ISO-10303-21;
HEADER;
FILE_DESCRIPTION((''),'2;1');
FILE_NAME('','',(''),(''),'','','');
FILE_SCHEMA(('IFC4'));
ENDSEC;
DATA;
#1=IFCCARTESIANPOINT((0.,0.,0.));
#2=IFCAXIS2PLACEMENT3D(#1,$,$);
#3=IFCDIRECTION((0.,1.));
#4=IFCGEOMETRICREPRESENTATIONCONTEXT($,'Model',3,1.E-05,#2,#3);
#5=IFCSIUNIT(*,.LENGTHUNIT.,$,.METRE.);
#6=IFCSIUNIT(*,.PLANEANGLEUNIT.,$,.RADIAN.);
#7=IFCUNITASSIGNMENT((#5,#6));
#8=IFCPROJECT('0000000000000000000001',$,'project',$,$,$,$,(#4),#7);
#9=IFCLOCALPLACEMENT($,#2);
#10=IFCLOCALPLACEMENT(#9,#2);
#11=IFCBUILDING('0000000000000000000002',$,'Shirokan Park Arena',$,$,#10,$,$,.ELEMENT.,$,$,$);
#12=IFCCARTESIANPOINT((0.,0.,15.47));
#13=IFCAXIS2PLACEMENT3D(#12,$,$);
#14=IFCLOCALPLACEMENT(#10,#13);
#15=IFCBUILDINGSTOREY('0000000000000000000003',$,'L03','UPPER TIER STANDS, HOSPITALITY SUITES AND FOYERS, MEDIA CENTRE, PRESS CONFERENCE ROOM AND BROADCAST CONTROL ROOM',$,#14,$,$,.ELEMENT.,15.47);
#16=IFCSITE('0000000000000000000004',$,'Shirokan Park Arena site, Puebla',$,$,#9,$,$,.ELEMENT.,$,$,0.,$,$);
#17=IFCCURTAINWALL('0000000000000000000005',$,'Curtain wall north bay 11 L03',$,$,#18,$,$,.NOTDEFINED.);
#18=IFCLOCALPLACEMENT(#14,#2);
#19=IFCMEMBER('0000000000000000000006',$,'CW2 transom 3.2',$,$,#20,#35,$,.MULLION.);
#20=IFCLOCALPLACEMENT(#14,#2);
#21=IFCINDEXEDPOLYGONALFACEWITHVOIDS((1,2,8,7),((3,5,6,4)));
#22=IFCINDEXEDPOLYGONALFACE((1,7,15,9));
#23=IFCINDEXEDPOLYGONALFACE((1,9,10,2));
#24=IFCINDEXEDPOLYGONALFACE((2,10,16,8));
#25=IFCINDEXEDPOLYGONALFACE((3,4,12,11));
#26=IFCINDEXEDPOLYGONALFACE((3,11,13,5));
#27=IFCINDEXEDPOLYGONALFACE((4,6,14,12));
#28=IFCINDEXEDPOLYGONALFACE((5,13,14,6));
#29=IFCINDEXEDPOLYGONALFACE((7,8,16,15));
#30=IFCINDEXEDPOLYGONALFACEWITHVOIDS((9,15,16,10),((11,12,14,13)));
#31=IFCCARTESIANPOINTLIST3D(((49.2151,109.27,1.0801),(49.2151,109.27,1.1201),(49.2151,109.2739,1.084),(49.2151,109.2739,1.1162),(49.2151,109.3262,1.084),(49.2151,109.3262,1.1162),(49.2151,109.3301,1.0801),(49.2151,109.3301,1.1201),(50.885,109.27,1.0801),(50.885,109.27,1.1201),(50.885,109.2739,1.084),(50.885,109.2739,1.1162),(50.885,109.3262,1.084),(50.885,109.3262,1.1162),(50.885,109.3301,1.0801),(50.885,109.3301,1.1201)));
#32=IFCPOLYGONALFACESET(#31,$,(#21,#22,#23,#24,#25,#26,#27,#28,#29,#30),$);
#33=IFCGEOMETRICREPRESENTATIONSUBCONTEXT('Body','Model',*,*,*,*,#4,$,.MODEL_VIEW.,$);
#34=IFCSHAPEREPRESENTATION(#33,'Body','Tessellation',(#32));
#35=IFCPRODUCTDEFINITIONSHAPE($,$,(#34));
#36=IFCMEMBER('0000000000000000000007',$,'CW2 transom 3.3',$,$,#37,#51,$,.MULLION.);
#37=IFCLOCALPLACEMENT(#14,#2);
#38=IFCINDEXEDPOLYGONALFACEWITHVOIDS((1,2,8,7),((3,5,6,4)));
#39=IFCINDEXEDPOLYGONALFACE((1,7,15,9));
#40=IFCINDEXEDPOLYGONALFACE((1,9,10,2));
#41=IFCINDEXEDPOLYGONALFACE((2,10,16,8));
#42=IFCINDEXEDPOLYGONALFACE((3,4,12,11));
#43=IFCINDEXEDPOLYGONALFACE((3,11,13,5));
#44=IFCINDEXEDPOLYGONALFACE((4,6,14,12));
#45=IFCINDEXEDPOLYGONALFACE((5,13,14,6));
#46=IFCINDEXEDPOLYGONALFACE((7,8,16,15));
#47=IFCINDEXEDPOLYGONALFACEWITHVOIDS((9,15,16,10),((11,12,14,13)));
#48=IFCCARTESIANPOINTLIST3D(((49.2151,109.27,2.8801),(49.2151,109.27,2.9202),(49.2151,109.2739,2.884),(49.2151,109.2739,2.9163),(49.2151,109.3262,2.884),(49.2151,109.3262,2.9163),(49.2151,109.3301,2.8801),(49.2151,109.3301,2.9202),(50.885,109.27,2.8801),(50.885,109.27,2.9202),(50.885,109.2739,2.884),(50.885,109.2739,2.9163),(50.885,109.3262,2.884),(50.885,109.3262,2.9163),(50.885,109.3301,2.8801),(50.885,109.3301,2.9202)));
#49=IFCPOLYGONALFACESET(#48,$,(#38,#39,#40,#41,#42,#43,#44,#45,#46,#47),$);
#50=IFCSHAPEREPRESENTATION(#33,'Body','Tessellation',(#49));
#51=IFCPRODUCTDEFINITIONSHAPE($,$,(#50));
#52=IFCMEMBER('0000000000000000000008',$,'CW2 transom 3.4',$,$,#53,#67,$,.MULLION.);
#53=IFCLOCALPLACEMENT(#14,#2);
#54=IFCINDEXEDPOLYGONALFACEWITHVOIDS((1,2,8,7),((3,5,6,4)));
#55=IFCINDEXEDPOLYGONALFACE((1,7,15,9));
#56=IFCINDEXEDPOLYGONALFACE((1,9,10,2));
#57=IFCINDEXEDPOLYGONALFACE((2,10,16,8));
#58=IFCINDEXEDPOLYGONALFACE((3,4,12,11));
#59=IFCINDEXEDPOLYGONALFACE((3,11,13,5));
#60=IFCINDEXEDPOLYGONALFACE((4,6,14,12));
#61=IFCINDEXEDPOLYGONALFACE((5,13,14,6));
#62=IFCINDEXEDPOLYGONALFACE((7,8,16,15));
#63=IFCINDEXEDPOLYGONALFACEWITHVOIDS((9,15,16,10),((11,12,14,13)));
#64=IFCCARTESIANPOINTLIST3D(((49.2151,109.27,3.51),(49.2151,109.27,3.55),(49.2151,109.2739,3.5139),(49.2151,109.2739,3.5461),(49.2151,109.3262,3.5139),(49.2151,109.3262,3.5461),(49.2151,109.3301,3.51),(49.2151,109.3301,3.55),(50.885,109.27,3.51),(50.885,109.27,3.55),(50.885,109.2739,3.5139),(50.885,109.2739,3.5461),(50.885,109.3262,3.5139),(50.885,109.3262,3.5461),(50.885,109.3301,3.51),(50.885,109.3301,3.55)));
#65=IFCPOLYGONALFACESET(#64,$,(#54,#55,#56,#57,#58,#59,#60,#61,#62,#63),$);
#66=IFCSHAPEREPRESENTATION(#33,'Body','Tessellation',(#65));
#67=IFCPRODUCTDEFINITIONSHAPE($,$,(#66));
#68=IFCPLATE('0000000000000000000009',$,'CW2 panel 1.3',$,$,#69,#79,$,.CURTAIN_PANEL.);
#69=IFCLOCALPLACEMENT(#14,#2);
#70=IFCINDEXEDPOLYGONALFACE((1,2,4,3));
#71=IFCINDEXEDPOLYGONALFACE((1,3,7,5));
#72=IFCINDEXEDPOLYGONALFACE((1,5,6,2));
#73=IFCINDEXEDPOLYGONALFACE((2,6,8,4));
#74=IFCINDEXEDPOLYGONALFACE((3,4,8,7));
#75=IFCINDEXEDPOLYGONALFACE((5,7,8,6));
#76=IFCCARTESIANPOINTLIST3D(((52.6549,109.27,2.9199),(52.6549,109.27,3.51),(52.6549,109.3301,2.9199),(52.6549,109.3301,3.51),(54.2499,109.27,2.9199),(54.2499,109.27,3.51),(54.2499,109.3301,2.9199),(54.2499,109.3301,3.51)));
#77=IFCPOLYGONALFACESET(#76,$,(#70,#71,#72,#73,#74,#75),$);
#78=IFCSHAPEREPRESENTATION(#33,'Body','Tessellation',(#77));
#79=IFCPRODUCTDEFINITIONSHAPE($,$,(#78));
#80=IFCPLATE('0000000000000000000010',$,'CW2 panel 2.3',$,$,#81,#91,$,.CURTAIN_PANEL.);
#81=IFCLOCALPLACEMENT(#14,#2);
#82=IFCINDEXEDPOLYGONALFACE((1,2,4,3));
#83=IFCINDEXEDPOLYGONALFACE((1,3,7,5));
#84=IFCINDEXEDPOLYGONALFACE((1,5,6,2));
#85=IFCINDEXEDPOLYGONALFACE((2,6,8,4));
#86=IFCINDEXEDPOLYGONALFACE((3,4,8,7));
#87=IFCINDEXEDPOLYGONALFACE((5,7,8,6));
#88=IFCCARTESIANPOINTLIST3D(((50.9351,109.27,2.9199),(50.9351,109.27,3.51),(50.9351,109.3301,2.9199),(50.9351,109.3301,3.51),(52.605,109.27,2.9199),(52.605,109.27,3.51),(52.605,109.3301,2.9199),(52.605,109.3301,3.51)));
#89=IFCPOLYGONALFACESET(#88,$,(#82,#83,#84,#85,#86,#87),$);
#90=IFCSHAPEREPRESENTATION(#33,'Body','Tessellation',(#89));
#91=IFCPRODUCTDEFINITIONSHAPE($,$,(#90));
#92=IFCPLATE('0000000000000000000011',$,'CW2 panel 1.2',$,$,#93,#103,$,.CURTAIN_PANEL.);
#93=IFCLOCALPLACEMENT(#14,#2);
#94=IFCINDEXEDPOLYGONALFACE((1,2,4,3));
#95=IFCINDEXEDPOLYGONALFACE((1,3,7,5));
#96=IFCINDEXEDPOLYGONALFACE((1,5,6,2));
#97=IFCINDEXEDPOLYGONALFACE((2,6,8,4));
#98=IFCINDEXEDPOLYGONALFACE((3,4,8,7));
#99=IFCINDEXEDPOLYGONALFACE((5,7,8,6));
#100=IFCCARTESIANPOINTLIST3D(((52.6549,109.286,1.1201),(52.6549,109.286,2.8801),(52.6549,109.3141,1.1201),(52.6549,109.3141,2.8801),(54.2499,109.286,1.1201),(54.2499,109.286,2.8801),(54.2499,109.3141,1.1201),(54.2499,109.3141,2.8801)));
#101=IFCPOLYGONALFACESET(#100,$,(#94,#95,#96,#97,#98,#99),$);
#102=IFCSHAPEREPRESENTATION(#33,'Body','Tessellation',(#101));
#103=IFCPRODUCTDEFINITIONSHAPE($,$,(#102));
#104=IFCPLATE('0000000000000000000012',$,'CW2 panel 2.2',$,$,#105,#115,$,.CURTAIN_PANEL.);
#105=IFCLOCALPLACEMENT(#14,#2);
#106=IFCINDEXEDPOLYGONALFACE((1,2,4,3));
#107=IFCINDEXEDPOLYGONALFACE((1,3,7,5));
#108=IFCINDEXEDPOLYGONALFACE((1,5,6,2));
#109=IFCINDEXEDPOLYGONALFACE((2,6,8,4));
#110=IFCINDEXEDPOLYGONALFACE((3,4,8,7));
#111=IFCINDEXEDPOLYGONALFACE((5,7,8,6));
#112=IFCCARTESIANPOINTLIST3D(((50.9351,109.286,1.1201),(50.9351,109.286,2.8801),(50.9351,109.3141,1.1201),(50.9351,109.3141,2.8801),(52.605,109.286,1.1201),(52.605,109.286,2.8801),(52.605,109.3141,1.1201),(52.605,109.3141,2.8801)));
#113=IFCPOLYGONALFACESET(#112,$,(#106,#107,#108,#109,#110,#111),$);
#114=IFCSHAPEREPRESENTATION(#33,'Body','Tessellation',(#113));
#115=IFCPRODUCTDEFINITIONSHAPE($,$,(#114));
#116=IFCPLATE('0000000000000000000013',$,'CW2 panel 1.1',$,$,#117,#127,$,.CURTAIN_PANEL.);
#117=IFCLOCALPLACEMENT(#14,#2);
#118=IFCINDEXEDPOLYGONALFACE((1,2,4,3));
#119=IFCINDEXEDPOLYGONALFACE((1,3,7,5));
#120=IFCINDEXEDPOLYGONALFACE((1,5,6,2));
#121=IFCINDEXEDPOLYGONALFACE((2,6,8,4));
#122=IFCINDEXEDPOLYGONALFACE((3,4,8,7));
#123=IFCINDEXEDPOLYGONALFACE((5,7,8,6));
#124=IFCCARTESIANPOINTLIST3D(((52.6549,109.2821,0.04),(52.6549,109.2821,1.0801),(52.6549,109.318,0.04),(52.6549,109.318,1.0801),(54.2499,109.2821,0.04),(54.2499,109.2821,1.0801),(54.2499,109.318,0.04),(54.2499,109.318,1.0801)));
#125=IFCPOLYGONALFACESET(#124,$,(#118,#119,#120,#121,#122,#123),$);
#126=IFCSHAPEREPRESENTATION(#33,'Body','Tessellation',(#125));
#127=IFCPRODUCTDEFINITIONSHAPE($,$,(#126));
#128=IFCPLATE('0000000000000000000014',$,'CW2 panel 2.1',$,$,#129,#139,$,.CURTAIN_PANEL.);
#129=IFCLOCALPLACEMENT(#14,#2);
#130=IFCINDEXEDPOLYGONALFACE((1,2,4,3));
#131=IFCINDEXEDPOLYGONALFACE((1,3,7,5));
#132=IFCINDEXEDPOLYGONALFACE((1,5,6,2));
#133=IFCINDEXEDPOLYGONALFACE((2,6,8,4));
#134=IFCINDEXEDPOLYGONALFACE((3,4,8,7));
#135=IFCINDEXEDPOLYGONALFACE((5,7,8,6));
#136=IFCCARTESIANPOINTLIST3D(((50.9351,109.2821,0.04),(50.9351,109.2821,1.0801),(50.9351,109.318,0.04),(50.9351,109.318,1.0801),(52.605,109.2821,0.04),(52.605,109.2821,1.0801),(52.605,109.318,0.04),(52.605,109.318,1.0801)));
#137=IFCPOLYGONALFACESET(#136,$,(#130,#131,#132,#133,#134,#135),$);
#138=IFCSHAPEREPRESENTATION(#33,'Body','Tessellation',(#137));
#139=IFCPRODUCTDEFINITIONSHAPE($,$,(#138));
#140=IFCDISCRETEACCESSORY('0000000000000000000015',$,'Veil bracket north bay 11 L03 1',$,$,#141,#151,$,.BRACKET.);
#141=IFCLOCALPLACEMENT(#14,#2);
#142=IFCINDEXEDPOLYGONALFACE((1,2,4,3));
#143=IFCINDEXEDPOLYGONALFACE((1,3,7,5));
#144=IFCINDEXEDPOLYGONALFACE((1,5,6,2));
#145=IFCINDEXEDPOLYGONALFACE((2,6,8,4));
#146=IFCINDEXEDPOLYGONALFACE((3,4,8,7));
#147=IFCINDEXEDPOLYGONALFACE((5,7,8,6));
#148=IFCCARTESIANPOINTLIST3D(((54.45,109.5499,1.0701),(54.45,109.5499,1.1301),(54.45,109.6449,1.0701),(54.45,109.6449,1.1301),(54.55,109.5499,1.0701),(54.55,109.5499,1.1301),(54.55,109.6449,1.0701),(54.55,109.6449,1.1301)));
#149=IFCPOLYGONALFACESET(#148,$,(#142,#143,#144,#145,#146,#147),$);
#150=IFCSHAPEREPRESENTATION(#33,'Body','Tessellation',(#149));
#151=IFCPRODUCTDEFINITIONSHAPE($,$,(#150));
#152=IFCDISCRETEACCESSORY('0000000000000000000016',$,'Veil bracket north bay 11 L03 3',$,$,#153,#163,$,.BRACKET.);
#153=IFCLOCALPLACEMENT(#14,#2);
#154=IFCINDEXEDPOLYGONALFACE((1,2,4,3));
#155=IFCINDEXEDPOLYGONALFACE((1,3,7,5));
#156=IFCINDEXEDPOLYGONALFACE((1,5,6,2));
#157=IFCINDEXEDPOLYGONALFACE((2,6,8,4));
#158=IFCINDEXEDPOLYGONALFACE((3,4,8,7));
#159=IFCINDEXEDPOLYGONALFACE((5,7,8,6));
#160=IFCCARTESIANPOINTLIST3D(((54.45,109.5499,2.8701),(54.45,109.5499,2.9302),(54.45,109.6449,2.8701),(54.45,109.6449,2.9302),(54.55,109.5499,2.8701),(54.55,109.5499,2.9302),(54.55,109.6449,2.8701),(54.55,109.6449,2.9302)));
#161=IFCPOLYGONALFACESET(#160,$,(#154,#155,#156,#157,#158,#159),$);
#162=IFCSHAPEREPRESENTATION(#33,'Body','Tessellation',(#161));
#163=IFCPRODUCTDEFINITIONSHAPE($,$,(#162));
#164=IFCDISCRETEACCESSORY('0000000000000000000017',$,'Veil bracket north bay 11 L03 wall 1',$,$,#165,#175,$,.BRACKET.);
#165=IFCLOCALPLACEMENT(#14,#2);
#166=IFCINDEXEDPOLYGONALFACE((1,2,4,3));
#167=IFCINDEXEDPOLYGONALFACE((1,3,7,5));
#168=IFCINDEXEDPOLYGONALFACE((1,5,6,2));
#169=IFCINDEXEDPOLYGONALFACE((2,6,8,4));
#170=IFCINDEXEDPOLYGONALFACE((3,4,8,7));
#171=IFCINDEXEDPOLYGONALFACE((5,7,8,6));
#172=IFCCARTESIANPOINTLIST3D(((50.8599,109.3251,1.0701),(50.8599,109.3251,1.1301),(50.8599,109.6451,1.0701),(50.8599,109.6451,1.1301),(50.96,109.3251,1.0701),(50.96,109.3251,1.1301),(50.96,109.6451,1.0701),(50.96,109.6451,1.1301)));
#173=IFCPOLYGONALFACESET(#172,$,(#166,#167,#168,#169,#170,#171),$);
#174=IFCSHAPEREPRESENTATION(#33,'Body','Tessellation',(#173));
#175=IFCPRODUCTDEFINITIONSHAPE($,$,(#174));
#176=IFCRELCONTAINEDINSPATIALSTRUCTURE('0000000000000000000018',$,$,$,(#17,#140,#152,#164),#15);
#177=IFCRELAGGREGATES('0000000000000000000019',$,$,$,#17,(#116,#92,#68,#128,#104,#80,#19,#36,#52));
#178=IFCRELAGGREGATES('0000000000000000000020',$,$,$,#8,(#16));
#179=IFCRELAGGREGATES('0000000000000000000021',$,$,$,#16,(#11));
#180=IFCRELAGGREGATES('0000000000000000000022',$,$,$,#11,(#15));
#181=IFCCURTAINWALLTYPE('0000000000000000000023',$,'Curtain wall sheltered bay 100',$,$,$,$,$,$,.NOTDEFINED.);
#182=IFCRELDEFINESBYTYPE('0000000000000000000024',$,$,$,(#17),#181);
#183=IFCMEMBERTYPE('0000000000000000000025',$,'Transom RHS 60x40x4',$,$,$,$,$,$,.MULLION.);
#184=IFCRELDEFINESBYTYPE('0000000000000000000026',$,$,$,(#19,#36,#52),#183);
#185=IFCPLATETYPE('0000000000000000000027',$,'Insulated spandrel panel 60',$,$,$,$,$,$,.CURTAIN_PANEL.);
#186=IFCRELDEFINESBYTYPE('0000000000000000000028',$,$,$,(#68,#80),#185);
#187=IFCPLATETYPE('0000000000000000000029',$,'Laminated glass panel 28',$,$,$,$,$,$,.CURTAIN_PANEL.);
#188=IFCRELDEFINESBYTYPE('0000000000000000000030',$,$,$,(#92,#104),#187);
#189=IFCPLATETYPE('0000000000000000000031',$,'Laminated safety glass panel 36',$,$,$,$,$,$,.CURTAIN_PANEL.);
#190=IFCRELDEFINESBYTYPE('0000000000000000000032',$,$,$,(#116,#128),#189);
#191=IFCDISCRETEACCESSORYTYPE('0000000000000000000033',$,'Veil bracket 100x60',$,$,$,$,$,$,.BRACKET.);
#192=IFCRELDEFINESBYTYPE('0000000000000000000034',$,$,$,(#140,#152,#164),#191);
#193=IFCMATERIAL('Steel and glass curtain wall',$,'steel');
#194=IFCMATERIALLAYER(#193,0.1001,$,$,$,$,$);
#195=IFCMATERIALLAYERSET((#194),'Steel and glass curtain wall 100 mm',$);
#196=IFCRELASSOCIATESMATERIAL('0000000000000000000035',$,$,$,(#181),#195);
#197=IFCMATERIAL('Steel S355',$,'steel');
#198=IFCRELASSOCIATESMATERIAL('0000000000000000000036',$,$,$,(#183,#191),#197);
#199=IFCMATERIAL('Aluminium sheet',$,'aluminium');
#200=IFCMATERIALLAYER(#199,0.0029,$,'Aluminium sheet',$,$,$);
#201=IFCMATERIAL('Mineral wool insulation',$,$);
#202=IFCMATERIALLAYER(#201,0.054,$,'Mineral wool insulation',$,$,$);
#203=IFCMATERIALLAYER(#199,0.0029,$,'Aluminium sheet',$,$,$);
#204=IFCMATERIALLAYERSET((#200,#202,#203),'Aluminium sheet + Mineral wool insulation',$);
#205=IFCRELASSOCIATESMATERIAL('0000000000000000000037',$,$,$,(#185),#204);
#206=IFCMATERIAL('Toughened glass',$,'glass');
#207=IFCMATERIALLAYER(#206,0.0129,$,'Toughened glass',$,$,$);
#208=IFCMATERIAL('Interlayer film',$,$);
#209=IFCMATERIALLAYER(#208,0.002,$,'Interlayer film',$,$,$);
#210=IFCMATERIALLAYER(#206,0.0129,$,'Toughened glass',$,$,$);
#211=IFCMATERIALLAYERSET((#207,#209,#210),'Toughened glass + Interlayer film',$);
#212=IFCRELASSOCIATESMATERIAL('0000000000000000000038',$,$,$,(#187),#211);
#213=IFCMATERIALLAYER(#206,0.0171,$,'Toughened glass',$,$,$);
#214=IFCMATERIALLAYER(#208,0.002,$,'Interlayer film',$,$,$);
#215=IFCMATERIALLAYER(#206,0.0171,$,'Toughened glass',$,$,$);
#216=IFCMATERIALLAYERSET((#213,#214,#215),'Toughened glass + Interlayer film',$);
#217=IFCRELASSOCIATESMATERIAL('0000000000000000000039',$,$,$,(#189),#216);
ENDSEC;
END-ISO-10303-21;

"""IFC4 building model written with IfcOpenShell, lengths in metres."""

from ifc_helpers import new_model, si_unit, direction, frame, origin, origin_2d, place, context, subcontext, project, spatial, rectangle, hollow_rectangle, extrude, material, layer, layer_set, material_profile, profile_set, type_object, element, aggregate, save


model = new_model("IFC4")

# Units and contexts
model_context = context("Model", 3, precision=1e-05, world=origin(), true_north=direction((0.0, 1.0)))
body_context = subcontext(model_context, "Body", "Model", "MODEL_VIEW")
ifc_project = project(units=[si_unit("LENGTHUNIT", "METRE"), si_unit("PLANEANGLEUNIT", "RADIAN")], contexts=[model_context])

# Site, building, storey
site_placement = place(None, origin())
site = spatial("IfcSite", under=ifc_project, at=site_placement, Name="Shirokan Park Arena site, Puebla", CompositionType="ELEMENT", RefElevation=0.0)
building_placement = place(site_placement, origin())
building = spatial("IfcBuilding", under=site, at=building_placement, Name="Shirokan Park Arena", CompositionType="ELEMENT")
storey_placement = place(building_placement, frame((0.0, 0.0, 15.47)))
storey = spatial("IfcBuildingStorey", under=building, at=storey_placement, Name="L03", Description="UPPER TIER STANDS, HOSPITALITY SUITES AND FOYERS, MEDIA CENTRE, PRESS CONFERENCE ROOM AND BROADCAST CONTROL ROOM", CompositionType="ELEMENT", Elevation=15.47)

# Curtain wall, members, plates
ifc_material_1 = material(Name="Steel and glass curtain wall", Category="steel")
ifc_layer_1 = layer(ifc_material_1, 0.1001)
ifc_layer_set_1 = layer_set([ifc_layer_1], Name="Steel and glass curtain wall 100 mm")
curtain_wall_type = type_object("IfcCurtainWallType", Name="Curtain wall sheltered bay 100", PredefinedType="NOTDEFINED", material=ifc_layer_set_1)
curtain_wall_placement = place(storey_placement, origin())
curtain_wall = element("IfcCurtainWall", 1, at=curtain_wall_placement, inside=storey, type_object=curtain_wall_type, Name="Curtain wall north bay 11 L03", PredefinedType="NOTDEFINED")
ifc_material_2 = material(Name="Steel S355", Category="steel")
ifc_material_profile_1 = material_profile(ifc_material_2, hollow_rectangle(XDim=0.0601, YDim=0.04, WallThickness=0.0039, at=origin_2d()), Name="RHS 60x40x4")
ifc_profile_set_1 = profile_set([ifc_material_profile_1], Name="Steel S355")
member_type_1 = type_object("IfcMemberType", Name="Transom RHS 60x40x4", PredefinedType="MULLION", material=ifc_profile_set_1)
member_1_placement = place(storey_placement, frame((50.885, 109.3, 1.1001), z_axis=(-1.0, 0.0, 0.0), x_axis=(0.0, -1.0, 0.0)))
member_1 = element("IfcMember", 2, at=member_1_placement, type_object=member_type_1, Name="CW2 transom 3.2", PredefinedType="MULLION", context=body_context, shape_type="SweptSolid", body=[
    extrude(hollow_rectangle(XDim=0.0601, YDim=0.04, WallThickness=0.0039, at=origin_2d()), origin(), (0.0, 0.0, 1.0), 1.6699),
])
member_2_placement = place(storey_placement, frame((50.885, 109.3, 2.9001), z_axis=(-1.0, 0.0, 0.0), x_axis=(0.0, -1.0, 0.0)))
member_2 = element("IfcMember", 3, at=member_2_placement, type_object=member_type_1, Name="CW2 transom 3.3", PredefinedType="MULLION", context=body_context, shape_type="SweptSolid", body=[
    extrude(hollow_rectangle(XDim=0.0601, YDim=0.04, WallThickness=0.0039, at=origin_2d()), origin(), (0.0, 0.0, 1.0), 1.6699),
])
member_3_placement = place(storey_placement, frame((50.885, 109.3, 3.53), z_axis=(-1.0, 0.0, 0.0), x_axis=(0.0, -1.0, 0.0)))
member_3 = element("IfcMember", 4, at=member_3_placement, type_object=member_type_1, Name="CW2 transom 3.4", PredefinedType="MULLION", context=body_context, shape_type="SweptSolid", body=[
    extrude(hollow_rectangle(XDim=0.0601, YDim=0.04, WallThickness=0.0039, at=origin_2d()), origin(), (0.0, 0.0, 1.0), 1.6699),
])
ifc_material_3 = material(Name="Aluminium sheet", Category="aluminium")
ifc_layer_2 = layer(ifc_material_3, 0.0029, Name="Aluminium sheet")
ifc_material_4 = material(Name="Mineral wool insulation")
ifc_layer_3 = layer(ifc_material_4, 0.054, Name="Mineral wool insulation")
ifc_layer_4 = layer(ifc_material_3, 0.0029, Name="Aluminium sheet")
ifc_layer_set_2 = layer_set([ifc_layer_2, ifc_layer_3, ifc_layer_4], Name="Aluminium sheet + Mineral wool insulation")
plate_type_1 = type_object("IfcPlateType", Name="Insulated spandrel panel 60", PredefinedType="CURTAIN_PANEL", material=ifc_layer_set_2)
plate_1_placement = place(storey_placement, frame((53.4524, 109.3, 2.9199), z_axis=(0.0, 0.0, 1.0), x_axis=(-1.0, 0.0, 0.0)))
plate_1 = element("IfcPlate", 5, at=plate_1_placement, type_object=plate_type_1, Name="CW2 panel 1.3", PredefinedType="CURTAIN_PANEL", context=body_context, shape_type="SweptSolid", body=[
    extrude(rectangle(XDim=1.595, YDim=0.0601, at=origin_2d()), origin(), (0.0, 0.0, 1.0), 0.5901),
])
plate_2_placement = place(storey_placement, frame((51.77, 109.3, 2.9199), z_axis=(0.0, 0.0, 1.0), x_axis=(-1.0, 0.0, 0.0)))
plate_2 = element("IfcPlate", 6, at=plate_2_placement, type_object=plate_type_1, Name="CW2 panel 2.3", PredefinedType="CURTAIN_PANEL", context=body_context, shape_type="SweptSolid", body=[
    extrude(rectangle(XDim=1.6699, YDim=0.0601, at=origin_2d()), origin(), (0.0, 0.0, 1.0), 0.5901),
])
ifc_material_5 = material(Name="Toughened glass", Category="glass")
ifc_layer_5 = layer(ifc_material_5, 0.0129, Name="Toughened glass")
ifc_material_6 = material(Name="Interlayer film")
ifc_layer_6 = layer(ifc_material_6, 0.002, Name="Interlayer film")
ifc_layer_7 = layer(ifc_material_5, 0.0129, Name="Toughened glass")
ifc_layer_set_3 = layer_set([ifc_layer_5, ifc_layer_6, ifc_layer_7], Name="Toughened glass + Interlayer film")
plate_type_2 = type_object("IfcPlateType", Name="Laminated glass panel 28", PredefinedType="CURTAIN_PANEL", material=ifc_layer_set_3)
plate_3_placement = place(storey_placement, frame((53.4524, 109.3, 1.1201), z_axis=(0.0, 0.0, 1.0), x_axis=(-1.0, 0.0, 0.0)))
plate_3 = element("IfcPlate", 7, at=plate_3_placement, type_object=plate_type_2, Name="CW2 panel 1.2", PredefinedType="CURTAIN_PANEL", context=body_context, shape_type="SweptSolid", body=[
    extrude(rectangle(XDim=1.595, YDim=0.0281, at=origin_2d()), origin(), (0.0, 0.0, 1.0), 1.76),
])
plate_4_placement = place(storey_placement, frame((51.77, 109.3, 1.1201), z_axis=(0.0, 0.0, 1.0), x_axis=(-1.0, 0.0, 0.0)))
plate_4 = element("IfcPlate", 8, at=plate_4_placement, type_object=plate_type_2, Name="CW2 panel 2.2", PredefinedType="CURTAIN_PANEL", context=body_context, shape_type="SweptSolid", body=[
    extrude(rectangle(XDim=1.6699, YDim=0.0281, at=origin_2d()), origin(), (0.0, 0.0, 1.0), 1.76),
])
ifc_layer_8 = layer(ifc_material_5, 0.0171, Name="Toughened glass")
ifc_layer_9 = layer(ifc_material_6, 0.002, Name="Interlayer film")
ifc_layer_10 = layer(ifc_material_5, 0.0171, Name="Toughened glass")
ifc_layer_set_4 = layer_set([ifc_layer_8, ifc_layer_9, ifc_layer_10], Name="Toughened glass + Interlayer film")
plate_type_3 = type_object("IfcPlateType", Name="Laminated safety glass panel 36", PredefinedType="CURTAIN_PANEL", material=ifc_layer_set_4)
plate_5_placement = place(storey_placement, frame((53.4524, 109.3, 0.04), z_axis=(0.0, 0.0, 1.0), x_axis=(-1.0, 0.0, 0.0)))
plate_5 = element("IfcPlate", 9, at=plate_5_placement, type_object=plate_type_3, Name="CW2 panel 1.1", PredefinedType="CURTAIN_PANEL", context=body_context, shape_type="SweptSolid", body=[
    extrude(rectangle(XDim=1.595, YDim=0.0359, at=origin_2d()), origin(), (0.0, 0.0, 1.0), 1.04),
])
plate_6_placement = place(storey_placement, frame((51.77, 109.3, 0.04), z_axis=(0.0, 0.0, 1.0), x_axis=(-1.0, 0.0, 0.0)))
plate_6 = element("IfcPlate", 10, at=plate_6_placement, type_object=plate_type_3, Name="CW2 panel 2.1", PredefinedType="CURTAIN_PANEL", context=body_context, shape_type="SweptSolid", body=[
    extrude(rectangle(XDim=1.6699, YDim=0.0359, at=origin_2d()), origin(), (0.0, 0.0, 1.0), 1.04),
])
aggregate(curtain_wall, [plate_5, plate_3, plate_1, plate_6, plate_4, plate_2, member_1, member_2, member_3])

# Discrete accessories
discrete_accessory_type = type_object("IfcDiscreteAccessoryType", Name="Veil bracket 100x60", PredefinedType="BRACKET", material=ifc_material_2)
for number, where, z_axis, x_axis, name in (
    (11, (54.5, 109.5974, 1.0701), (0.0, 0.0, 1.0), (-1.0, 0.0, 0.0), "Veil bracket north bay 11 L03 1"),
    (12, (54.5, 109.5974, 2.8701), (0.0, 0.0, 1.0), (-1.0, 0.0, 0.0), "Veil bracket north bay 11 L03 3"),
):
    element("IfcDiscreteAccessory", number, at=place(storey_placement, frame(where, z_axis=z_axis, x_axis=x_axis)), inside=storey, type_object=discrete_accessory_type, Name=name, PredefinedType="BRACKET", context=body_context, shape_type="SweptSolid", body=[
        extrude(rectangle(XDim=0.1001, YDim=0.095, at=origin_2d()), origin(), (0.0, 0.0, 1.0), 0.0601),
    ])
discrete_accessory_placement = place(storey_placement, frame((50.9099, 109.4851, 1.0701), z_axis=(0.0, 0.0, 1.0), x_axis=(-1.0, 0.0, 0.0)))
element("IfcDiscreteAccessory", 13, at=discrete_accessory_placement, inside=storey, type_object=discrete_accessory_type, Name="Veil bracket north bay 11 L03 wall 1", PredefinedType="BRACKET", context=body_context, shape_type="SweptSolid", body=[
    extrude(rectangle(XDim=0.1001, YDim=0.3201, at=origin_2d()), origin(), (0.0, 0.0, 1.0), 0.0601),
])

save(model, "model.ifc")
